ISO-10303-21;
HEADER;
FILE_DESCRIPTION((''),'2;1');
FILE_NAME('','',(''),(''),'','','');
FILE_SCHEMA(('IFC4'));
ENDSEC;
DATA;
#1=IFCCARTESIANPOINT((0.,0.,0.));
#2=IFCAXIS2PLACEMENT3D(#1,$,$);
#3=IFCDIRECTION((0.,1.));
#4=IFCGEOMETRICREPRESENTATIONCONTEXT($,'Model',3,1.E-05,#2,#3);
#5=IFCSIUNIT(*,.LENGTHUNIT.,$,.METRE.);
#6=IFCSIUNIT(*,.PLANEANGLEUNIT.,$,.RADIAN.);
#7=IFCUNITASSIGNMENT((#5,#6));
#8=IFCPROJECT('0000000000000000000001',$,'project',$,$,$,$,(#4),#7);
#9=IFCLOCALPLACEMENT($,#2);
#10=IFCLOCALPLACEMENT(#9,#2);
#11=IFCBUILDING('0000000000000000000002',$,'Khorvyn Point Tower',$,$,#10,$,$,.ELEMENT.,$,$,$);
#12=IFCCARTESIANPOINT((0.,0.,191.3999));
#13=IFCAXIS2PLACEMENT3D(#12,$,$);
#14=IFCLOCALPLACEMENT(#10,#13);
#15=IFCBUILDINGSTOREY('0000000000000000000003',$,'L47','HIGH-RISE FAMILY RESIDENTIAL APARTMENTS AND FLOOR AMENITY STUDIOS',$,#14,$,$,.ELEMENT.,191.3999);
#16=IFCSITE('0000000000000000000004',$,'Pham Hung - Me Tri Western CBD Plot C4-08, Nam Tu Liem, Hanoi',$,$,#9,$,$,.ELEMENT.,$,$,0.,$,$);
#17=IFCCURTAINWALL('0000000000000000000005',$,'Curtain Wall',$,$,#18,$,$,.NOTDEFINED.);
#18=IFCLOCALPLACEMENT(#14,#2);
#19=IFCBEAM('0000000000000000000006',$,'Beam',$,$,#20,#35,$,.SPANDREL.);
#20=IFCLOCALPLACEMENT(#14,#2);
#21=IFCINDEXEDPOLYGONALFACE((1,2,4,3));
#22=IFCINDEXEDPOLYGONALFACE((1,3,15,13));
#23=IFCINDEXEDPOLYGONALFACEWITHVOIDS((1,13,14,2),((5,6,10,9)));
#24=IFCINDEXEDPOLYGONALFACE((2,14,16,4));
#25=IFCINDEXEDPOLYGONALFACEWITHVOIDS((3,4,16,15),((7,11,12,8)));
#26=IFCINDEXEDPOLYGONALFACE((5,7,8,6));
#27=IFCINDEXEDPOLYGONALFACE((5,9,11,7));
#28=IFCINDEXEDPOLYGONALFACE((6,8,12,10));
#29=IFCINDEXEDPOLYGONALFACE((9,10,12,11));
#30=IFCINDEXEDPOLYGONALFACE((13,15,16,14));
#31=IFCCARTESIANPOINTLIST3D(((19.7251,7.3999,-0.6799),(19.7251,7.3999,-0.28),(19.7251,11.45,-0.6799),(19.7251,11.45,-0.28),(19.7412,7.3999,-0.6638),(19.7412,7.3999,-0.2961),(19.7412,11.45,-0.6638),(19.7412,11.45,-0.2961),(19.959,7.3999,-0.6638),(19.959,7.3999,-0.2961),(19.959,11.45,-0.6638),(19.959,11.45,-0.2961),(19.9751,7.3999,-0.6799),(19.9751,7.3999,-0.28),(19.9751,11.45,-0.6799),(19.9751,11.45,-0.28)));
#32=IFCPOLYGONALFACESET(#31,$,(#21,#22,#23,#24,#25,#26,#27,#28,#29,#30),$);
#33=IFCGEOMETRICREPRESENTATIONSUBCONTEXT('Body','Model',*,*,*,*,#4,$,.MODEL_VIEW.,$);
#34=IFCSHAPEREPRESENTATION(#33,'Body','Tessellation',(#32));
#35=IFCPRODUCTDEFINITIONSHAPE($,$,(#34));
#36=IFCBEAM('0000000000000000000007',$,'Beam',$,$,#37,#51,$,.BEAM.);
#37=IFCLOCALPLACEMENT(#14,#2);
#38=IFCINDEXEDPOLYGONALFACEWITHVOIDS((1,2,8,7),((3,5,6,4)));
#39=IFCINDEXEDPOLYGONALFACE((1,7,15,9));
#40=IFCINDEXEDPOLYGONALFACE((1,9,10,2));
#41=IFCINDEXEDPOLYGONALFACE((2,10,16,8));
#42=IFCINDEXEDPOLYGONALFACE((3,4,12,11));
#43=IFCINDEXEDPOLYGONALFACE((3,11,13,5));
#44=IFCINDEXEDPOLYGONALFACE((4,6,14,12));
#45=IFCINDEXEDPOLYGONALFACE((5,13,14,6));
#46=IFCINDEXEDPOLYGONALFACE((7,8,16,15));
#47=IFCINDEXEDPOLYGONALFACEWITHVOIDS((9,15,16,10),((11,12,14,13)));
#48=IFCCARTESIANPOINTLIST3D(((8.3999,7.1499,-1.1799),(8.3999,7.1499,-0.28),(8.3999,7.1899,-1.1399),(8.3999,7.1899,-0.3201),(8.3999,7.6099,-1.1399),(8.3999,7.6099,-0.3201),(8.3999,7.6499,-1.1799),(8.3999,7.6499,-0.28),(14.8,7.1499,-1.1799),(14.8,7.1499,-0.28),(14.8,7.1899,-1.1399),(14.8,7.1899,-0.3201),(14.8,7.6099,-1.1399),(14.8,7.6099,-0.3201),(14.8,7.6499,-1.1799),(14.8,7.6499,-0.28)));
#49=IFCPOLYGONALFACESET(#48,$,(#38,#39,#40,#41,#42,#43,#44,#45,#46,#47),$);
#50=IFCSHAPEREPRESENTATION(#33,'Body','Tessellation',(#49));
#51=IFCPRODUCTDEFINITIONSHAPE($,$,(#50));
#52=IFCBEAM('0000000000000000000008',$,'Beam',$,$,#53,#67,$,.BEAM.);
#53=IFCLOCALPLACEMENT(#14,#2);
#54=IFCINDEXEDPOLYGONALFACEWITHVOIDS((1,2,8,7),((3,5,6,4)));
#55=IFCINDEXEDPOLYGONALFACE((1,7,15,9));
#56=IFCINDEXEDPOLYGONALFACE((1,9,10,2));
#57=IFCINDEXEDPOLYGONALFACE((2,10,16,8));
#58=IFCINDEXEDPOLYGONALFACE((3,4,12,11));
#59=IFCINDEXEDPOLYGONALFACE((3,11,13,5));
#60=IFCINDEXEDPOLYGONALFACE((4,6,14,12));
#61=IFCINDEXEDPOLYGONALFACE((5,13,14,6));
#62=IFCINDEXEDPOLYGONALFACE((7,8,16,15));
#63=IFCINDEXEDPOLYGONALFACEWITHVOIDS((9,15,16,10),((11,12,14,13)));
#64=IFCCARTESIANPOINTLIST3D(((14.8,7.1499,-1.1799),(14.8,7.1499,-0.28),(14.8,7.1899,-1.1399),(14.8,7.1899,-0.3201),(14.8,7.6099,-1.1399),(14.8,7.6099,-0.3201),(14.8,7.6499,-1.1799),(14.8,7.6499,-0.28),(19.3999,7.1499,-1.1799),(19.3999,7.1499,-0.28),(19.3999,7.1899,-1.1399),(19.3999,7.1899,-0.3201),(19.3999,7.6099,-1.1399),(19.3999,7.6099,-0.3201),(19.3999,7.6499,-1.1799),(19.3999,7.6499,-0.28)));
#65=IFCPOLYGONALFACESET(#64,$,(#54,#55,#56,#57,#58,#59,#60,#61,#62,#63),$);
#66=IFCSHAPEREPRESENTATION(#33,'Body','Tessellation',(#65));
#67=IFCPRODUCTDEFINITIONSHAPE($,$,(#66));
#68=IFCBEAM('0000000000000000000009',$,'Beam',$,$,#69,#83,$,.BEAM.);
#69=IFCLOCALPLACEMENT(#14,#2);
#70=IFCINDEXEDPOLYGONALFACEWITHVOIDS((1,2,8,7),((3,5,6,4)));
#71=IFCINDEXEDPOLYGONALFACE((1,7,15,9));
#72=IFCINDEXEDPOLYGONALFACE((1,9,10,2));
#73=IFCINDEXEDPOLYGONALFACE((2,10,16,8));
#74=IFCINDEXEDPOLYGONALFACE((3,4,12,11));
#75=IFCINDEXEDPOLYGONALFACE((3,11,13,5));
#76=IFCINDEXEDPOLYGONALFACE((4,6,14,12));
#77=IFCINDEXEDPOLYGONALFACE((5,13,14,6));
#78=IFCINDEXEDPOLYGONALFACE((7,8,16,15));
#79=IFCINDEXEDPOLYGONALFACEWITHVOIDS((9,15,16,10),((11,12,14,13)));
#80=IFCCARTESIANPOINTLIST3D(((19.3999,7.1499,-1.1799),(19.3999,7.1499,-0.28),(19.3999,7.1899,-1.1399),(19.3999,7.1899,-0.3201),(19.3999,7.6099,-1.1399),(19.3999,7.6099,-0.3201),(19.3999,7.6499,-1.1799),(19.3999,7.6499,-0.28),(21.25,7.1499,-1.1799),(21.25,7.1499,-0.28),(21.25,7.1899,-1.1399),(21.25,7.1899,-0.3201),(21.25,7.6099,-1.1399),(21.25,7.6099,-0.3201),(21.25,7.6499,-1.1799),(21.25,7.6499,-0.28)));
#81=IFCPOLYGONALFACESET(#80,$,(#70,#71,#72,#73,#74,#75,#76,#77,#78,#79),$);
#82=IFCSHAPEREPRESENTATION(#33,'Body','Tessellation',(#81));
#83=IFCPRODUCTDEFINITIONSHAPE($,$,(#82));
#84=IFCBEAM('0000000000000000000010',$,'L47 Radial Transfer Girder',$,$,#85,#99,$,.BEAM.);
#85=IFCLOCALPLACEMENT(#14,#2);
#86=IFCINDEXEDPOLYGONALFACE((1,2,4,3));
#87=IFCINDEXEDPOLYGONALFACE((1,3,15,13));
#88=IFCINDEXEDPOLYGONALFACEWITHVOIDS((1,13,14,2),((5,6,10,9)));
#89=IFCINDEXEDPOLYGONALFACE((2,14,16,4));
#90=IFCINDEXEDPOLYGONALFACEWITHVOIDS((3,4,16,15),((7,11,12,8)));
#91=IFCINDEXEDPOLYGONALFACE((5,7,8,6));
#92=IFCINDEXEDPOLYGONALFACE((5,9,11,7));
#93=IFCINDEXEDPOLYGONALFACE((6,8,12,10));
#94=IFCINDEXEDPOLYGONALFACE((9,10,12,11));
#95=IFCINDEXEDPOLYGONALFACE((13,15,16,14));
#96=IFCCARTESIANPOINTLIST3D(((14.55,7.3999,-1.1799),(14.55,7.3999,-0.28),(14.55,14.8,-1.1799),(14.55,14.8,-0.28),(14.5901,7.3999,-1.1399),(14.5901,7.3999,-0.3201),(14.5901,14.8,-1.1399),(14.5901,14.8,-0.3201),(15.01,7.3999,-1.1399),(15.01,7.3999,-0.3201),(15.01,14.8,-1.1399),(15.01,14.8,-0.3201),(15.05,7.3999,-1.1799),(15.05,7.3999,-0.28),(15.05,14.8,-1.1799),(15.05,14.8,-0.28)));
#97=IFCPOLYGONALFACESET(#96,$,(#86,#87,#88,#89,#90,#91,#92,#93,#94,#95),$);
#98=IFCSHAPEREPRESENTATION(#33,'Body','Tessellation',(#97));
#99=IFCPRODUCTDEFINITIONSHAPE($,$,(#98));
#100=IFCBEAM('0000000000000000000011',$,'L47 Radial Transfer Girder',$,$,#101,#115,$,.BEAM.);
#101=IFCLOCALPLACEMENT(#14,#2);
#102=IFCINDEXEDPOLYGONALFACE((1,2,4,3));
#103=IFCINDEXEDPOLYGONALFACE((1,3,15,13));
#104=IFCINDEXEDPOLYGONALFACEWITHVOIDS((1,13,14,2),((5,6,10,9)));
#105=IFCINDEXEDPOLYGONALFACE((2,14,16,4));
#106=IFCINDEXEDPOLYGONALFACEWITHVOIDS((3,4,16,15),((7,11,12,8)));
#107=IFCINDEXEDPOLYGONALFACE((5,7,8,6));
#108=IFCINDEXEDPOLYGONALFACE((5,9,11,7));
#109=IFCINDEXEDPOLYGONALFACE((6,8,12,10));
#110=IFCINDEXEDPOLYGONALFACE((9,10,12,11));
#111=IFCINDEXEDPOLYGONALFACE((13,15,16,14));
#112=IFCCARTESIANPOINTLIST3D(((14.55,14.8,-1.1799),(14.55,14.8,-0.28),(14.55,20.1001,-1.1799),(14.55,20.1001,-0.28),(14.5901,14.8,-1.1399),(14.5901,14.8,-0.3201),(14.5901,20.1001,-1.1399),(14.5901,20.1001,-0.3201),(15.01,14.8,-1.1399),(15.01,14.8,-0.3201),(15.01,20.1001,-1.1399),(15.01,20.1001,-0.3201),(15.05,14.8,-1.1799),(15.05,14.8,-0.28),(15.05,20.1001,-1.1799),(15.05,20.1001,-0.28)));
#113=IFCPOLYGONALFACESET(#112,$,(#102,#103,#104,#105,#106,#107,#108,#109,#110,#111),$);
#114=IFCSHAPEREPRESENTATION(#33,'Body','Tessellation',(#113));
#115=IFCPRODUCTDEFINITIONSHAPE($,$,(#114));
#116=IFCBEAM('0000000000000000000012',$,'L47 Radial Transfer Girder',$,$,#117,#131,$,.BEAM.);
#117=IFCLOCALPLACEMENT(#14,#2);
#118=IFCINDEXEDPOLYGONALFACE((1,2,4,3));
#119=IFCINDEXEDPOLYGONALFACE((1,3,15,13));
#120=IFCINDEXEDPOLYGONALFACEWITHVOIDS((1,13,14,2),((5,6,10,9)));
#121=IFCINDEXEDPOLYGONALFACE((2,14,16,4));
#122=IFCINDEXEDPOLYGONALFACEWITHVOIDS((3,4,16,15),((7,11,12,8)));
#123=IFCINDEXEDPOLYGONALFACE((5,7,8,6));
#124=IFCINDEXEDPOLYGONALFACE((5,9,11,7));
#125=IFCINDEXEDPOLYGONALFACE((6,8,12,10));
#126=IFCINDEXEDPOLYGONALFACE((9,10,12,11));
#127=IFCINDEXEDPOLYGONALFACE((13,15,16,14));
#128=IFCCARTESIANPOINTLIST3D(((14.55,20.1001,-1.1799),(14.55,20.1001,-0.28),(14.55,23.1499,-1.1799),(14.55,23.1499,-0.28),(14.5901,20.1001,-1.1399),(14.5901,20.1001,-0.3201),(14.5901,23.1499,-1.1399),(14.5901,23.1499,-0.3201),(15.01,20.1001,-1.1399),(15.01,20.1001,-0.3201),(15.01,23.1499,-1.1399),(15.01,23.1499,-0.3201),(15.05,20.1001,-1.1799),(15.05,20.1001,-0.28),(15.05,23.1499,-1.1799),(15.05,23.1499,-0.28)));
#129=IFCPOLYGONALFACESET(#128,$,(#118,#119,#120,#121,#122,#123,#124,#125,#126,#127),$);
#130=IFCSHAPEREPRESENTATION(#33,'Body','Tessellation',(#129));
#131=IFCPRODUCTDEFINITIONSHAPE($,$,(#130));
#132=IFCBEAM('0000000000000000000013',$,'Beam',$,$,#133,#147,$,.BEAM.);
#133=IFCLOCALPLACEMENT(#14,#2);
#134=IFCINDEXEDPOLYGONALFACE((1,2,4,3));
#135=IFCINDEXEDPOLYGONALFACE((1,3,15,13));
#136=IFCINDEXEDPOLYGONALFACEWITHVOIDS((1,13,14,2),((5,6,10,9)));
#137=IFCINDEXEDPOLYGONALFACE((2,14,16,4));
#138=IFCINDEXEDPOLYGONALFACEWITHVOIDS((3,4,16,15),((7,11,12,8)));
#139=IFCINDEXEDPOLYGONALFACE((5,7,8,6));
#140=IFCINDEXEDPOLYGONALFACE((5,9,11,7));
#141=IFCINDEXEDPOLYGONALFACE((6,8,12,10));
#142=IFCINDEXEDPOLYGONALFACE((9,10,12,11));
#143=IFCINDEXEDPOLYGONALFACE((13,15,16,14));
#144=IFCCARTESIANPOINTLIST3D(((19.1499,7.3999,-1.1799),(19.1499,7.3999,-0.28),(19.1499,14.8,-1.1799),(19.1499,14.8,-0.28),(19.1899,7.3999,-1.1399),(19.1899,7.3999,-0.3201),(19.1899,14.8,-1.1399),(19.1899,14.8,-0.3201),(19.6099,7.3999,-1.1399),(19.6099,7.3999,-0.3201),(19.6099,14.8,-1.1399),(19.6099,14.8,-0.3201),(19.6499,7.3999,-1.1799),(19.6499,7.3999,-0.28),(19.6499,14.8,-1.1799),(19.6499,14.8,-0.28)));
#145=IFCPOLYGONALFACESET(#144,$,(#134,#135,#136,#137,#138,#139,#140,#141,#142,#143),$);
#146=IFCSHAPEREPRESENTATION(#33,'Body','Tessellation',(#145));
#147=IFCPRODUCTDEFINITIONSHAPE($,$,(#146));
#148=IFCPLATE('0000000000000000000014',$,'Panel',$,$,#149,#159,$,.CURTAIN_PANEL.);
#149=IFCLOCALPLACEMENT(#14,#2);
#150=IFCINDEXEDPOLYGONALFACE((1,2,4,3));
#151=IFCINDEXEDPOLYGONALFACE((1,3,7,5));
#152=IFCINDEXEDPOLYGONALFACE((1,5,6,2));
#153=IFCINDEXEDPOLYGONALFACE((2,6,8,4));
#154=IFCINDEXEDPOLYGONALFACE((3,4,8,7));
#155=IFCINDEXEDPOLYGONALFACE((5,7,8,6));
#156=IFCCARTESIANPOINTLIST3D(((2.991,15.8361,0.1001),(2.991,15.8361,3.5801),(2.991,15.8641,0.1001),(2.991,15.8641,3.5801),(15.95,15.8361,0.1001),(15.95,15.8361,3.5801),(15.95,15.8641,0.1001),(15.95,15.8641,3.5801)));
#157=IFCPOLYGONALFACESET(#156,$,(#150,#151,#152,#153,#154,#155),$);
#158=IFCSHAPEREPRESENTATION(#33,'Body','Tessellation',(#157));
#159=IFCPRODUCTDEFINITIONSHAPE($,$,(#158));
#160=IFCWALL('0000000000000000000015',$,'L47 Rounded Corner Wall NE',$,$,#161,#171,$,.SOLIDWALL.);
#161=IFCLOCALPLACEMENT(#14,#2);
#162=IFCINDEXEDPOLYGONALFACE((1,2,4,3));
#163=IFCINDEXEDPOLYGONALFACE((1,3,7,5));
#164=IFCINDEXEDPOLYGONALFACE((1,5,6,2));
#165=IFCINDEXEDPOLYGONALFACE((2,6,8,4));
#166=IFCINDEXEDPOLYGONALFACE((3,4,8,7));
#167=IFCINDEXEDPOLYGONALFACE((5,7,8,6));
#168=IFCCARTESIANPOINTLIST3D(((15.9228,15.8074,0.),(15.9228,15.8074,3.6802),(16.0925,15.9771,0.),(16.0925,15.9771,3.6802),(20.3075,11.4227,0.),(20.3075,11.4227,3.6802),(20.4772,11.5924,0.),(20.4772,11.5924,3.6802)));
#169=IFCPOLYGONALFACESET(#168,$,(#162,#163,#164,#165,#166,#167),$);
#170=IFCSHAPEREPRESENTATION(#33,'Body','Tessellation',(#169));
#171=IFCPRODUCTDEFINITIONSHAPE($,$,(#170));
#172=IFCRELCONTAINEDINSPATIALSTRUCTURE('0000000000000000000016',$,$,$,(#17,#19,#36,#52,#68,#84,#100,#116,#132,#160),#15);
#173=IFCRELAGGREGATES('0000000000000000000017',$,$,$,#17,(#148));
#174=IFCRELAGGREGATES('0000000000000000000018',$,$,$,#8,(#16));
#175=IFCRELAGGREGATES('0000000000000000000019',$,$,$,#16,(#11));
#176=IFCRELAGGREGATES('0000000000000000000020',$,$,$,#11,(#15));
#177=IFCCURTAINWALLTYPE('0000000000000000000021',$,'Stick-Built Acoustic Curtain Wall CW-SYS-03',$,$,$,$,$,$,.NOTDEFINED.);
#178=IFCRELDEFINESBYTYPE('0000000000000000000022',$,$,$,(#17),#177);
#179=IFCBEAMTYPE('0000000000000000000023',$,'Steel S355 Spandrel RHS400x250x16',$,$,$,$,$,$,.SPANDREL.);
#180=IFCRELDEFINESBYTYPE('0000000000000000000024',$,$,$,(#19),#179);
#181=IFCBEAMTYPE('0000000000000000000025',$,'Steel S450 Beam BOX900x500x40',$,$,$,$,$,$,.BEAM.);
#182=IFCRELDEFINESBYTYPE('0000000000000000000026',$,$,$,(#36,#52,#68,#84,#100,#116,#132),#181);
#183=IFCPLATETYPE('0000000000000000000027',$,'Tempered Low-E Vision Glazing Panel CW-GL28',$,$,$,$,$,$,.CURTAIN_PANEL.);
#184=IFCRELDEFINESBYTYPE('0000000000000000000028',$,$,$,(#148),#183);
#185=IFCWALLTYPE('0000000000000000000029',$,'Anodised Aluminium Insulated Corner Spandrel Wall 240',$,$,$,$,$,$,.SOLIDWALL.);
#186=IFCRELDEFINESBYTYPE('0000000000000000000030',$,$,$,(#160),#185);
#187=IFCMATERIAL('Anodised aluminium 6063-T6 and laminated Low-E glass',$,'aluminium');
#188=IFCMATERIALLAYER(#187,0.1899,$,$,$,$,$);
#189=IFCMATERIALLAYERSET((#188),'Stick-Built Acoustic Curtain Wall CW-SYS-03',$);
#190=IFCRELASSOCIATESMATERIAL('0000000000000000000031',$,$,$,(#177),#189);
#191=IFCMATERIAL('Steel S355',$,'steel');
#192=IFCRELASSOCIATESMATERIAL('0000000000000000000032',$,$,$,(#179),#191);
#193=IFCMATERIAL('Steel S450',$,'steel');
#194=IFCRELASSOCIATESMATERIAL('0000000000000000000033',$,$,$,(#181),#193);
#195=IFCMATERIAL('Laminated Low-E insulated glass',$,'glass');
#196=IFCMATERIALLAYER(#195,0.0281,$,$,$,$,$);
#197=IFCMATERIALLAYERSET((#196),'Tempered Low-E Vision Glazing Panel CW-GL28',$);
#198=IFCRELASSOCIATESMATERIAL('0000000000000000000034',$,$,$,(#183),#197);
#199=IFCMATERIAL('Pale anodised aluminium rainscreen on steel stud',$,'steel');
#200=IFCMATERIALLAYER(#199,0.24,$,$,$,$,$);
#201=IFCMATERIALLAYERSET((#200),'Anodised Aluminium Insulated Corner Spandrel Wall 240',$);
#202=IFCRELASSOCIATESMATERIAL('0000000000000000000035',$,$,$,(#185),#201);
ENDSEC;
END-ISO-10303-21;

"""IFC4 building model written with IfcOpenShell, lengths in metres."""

from ifc_helpers import new_model, si_unit, direction, frame, frame_2d, origin, origin_2d, place, context, subcontext, project, spatial, rectangle, hollow_rectangle, extrude, material, layer, layer_set, material_profile, profile_set, type_object, element, aggregate, save


model = new_model("IFC4")

# Units and contexts
model_context = context("Model", 3, precision=1e-05, world=origin(), true_north=direction((0.0, 1.0)))
body_context = subcontext(model_context, "Body", "Model", "MODEL_VIEW")
ifc_project = project(units=[si_unit("LENGTHUNIT", "METRE"), si_unit("PLANEANGLEUNIT", "RADIAN")], contexts=[model_context])

# Site, building, storey
site_placement = place(None, origin())
site = spatial("IfcSite", under=ifc_project, at=site_placement, Name="Pham Hung - Me Tri Western CBD Plot C4-08, Nam Tu Liem, Hanoi", CompositionType="ELEMENT", RefElevation=0.0)
building_placement = place(site_placement, origin())
building = spatial("IfcBuilding", under=site, at=building_placement, Name="Khorvyn Point Tower", CompositionType="ELEMENT")
storey_placement = place(building_placement, frame((0.0, 0.0, 191.3999)))
storey = spatial("IfcBuildingStorey", under=building, at=storey_placement, Name="L47", Description="HIGH-RISE FAMILY RESIDENTIAL APARTMENTS AND FLOOR AMENITY STUDIOS", CompositionType="ELEMENT", Elevation=191.3999)

# Shared definitions
ifc_material_1 = material(Name="Steel S450", Category="steel")

# Curtain wall
ifc_material_2 = material(Name="Anodised aluminium 6063-T6 and laminated Low-E glass", Category="aluminium")
ifc_layer_1 = layer(ifc_material_2, 0.1899)
ifc_layer_set_1 = layer_set([ifc_layer_1], Name="Stick-Built Acoustic Curtain Wall CW-SYS-03")
curtain_wall_type = type_object("IfcCurtainWallType", Name="Stick-Built Acoustic Curtain Wall CW-SYS-03", PredefinedType="NOTDEFINED", material=ifc_layer_set_1)
curtain_wall_1_placement = place(storey_placement, origin())
curtain_wall_1 = element("IfcCurtainWall", 1, at=curtain_wall_1_placement, inside=storey, type_object=curtain_wall_type, Name="Curtain Wall", PredefinedType="NOTDEFINED")

# Beams
ifc_material_3 = material(Name="Steel S355", Category="steel")
ifc_material_profile_1 = material_profile(ifc_material_3, hollow_rectangle(XDim=0.25, YDim=0.3999, WallThickness=0.0161, at=origin_2d()))
ifc_profile_set_1 = profile_set([ifc_material_profile_1], Name="Steel S355 RHS400x250x16")
beam_type_1 = type_object("IfcBeamType", Name="Steel S355 Spandrel RHS400x250x16", PredefinedType="SPANDREL", material=ifc_profile_set_1)
beam_1_placement = place(storey_placement, frame((19.8501, 7.3999, -0.48), z_axis=(0.0, 1.0, 0.0), x_axis=(-1.0, 0.0, 0.0)))
element("IfcBeam", 2, at=beam_1_placement, inside=storey, type_object=beam_type_1, Name="Beam", PredefinedType="SPANDREL", context=body_context, shape_type="SweptSolid", body=[
    extrude(hollow_rectangle(XDim=0.25, YDim=0.3999, WallThickness=0.0161, at=origin_2d()), origin(), (0.0, 0.0, 1.0), 4.05),
])
ifc_material_profile_2 = material_profile(ifc_material_1, hollow_rectangle(XDim=0.5, YDim=0.8999, WallThickness=0.04, at=origin_2d()))
ifc_profile_set_2 = profile_set([ifc_material_profile_2], Name="Steel S450 BOX900x500x40")
beam_type_2 = type_object("IfcBeamType", Name="Steel S450 Beam BOX900x500x40", PredefinedType="BEAM", material=ifc_profile_set_2)
beam_2_placement = place(storey_placement, frame((8.3999, 7.3999, -0.73), z_axis=(1.0, 0.0, 0.0), x_axis=(0.0, 1.0, 0.0)))
element("IfcBeam", 3, at=beam_2_placement, inside=storey, type_object=beam_type_2, Name="Beam", PredefinedType="BEAM", context=body_context, shape_type="SweptSolid", body=[
    extrude(hollow_rectangle(XDim=0.5, YDim=0.8999, WallThickness=0.04, at=origin_2d()), origin(), (0.0, 0.0, 1.0), 6.4001),
])
beam_3_placement = place(storey_placement, frame((14.8, 7.3999, -0.73), z_axis=(1.0, 0.0, 0.0), x_axis=(0.0, 1.0, 0.0)))
element("IfcBeam", 4, at=beam_3_placement, inside=storey, type_object=beam_type_2, Name="Beam", PredefinedType="BEAM", context=body_context, shape_type="SweptSolid", body=[
    extrude(hollow_rectangle(XDim=0.5, YDim=0.8999, WallThickness=0.04, at=origin_2d()), origin(), (0.0, 0.0, 1.0), 4.5999),
])
beam_4_placement = place(storey_placement, frame((19.3999, 7.3999, -0.73), z_axis=(1.0, 0.0, 0.0), x_axis=(0.0, 1.0, 0.0)))
element("IfcBeam", 5, at=beam_4_placement, inside=storey, type_object=beam_type_2, Name="Beam", PredefinedType="BEAM", context=body_context, shape_type="SweptSolid", body=[
    extrude(hollow_rectangle(XDim=0.5, YDim=0.8999, WallThickness=0.04, at=origin_2d()), origin(), (0.0, 0.0, 1.0), 1.8501),
])
beam_5_placement = place(storey_placement, frame((14.8, 7.3999, -0.73), z_axis=(0.0, 1.0, 0.0), x_axis=(-1.0, 0.0, 0.0)))
element("IfcBeam", 6, at=beam_5_placement, inside=storey, type_object=beam_type_2, Name="L47 Radial Transfer Girder", PredefinedType="BEAM", context=body_context, shape_type="SweptSolid", body=[
    extrude(hollow_rectangle(XDim=0.5, YDim=0.8999, WallThickness=0.04, at=origin_2d()), origin(), (0.0, 0.0, 1.0), 7.4001),
])
beam_6_placement = place(storey_placement, frame((14.8, 14.8, -0.73), z_axis=(0.0, 1.0, 0.0), x_axis=(-1.0, 0.0, 0.0)))
element("IfcBeam", 7, at=beam_6_placement, inside=storey, type_object=beam_type_2, Name="L47 Radial Transfer Girder", PredefinedType="BEAM", context=body_context, shape_type="SweptSolid", body=[
    extrude(hollow_rectangle(XDim=0.5, YDim=0.8999, WallThickness=0.04, at=origin_2d()), origin(), (0.0, 0.0, 1.0), 5.3),
])
beam_7_placement = place(storey_placement, frame((14.8, 20.1001, -0.73), z_axis=(0.0, 1.0, 0.0), x_axis=(-1.0, 0.0, 0.0)))
element("IfcBeam", 8, at=beam_7_placement, inside=storey, type_object=beam_type_2, Name="L47 Radial Transfer Girder", PredefinedType="BEAM", context=body_context, shape_type="SweptSolid", body=[
    extrude(hollow_rectangle(XDim=0.5, YDim=0.8999, WallThickness=0.04, at=origin_2d()), origin(), (0.0, 0.0, 1.0), 3.0498),
])
beam_8_placement = place(storey_placement, frame((19.3999, 7.3999, -0.73), z_axis=(0.0, 1.0, 0.0), x_axis=(-1.0, 0.0, 0.0)))
element("IfcBeam", 9, at=beam_8_placement, inside=storey, type_object=beam_type_2, Name="Beam", PredefinedType="BEAM", context=body_context, shape_type="SweptSolid", body=[
    extrude(hollow_rectangle(XDim=0.5, YDim=0.8999, WallThickness=0.04, at=origin_2d()), origin(), (0.0, 0.0, 1.0), 7.4001),
])

# Plate
ifc_material_4 = material(Name="Laminated Low-E insulated glass", Category="glass")
ifc_layer_2 = layer(ifc_material_4, 0.0281)
ifc_layer_set_2 = layer_set([ifc_layer_2], Name="Tempered Low-E Vision Glazing Panel CW-GL28")
plate_type = type_object("IfcPlateType", Name="Tempered Low-E Vision Glazing Panel CW-GL28", PredefinedType="CURTAIN_PANEL", material=ifc_layer_set_2)
plate_placement = place(storey_placement, frame((9.4705, 15.8501, 0.1001), z_axis=(0.0, 0.0, 1.0), x_axis=(1.0, 0.0, 0.0)))
plate = element("IfcPlate", 10, at=plate_placement, type_object=plate_type, Name="Panel", PredefinedType="CURTAIN_PANEL", context=body_context, shape_type="SweptSolid", body=[
    extrude(rectangle(XDim=12.959, YDim=0.0281, at=origin_2d()), origin(), (0.0, 0.0, 1.0), 3.48),
])
aggregate(curtain_wall_1, [plate])

# Wall
ifc_material_5 = material(Name="Pale anodised aluminium rainscreen on steel stud", Category="steel")
ifc_layer_3 = layer(ifc_material_5, 0.24)
ifc_layer_set_3 = layer_set([ifc_layer_3], Name="Anodised Aluminium Insulated Corner Spandrel Wall 240")
wall_type_1 = type_object("IfcWallType", Name="Anodised Aluminium Insulated Corner Spandrel Wall 240", PredefinedType="SOLIDWALL", material=ifc_layer_set_3)
wall_1_placement = place(storey_placement, frame((16.0076, 15.8923, 0.0), z_axis=(0.0, 0.0, 1.0), x_axis=(0.707107, -0.707107, 0.0)))
element("IfcWall", 11, at=wall_1_placement, inside=storey, type_object=wall_type_1, Name="L47 Rounded Corner Wall NE", PredefinedType="SOLIDWALL", context=body_context, shape_type="SweptSolid", body=[
    extrude(rectangle(XDim=6.2009, YDim=0.24, at=frame_2d((3.1006, 0.0))), origin(), (0.0, 0.0, 1.0), 3.6802),
])

save(model, "model.ifc")
